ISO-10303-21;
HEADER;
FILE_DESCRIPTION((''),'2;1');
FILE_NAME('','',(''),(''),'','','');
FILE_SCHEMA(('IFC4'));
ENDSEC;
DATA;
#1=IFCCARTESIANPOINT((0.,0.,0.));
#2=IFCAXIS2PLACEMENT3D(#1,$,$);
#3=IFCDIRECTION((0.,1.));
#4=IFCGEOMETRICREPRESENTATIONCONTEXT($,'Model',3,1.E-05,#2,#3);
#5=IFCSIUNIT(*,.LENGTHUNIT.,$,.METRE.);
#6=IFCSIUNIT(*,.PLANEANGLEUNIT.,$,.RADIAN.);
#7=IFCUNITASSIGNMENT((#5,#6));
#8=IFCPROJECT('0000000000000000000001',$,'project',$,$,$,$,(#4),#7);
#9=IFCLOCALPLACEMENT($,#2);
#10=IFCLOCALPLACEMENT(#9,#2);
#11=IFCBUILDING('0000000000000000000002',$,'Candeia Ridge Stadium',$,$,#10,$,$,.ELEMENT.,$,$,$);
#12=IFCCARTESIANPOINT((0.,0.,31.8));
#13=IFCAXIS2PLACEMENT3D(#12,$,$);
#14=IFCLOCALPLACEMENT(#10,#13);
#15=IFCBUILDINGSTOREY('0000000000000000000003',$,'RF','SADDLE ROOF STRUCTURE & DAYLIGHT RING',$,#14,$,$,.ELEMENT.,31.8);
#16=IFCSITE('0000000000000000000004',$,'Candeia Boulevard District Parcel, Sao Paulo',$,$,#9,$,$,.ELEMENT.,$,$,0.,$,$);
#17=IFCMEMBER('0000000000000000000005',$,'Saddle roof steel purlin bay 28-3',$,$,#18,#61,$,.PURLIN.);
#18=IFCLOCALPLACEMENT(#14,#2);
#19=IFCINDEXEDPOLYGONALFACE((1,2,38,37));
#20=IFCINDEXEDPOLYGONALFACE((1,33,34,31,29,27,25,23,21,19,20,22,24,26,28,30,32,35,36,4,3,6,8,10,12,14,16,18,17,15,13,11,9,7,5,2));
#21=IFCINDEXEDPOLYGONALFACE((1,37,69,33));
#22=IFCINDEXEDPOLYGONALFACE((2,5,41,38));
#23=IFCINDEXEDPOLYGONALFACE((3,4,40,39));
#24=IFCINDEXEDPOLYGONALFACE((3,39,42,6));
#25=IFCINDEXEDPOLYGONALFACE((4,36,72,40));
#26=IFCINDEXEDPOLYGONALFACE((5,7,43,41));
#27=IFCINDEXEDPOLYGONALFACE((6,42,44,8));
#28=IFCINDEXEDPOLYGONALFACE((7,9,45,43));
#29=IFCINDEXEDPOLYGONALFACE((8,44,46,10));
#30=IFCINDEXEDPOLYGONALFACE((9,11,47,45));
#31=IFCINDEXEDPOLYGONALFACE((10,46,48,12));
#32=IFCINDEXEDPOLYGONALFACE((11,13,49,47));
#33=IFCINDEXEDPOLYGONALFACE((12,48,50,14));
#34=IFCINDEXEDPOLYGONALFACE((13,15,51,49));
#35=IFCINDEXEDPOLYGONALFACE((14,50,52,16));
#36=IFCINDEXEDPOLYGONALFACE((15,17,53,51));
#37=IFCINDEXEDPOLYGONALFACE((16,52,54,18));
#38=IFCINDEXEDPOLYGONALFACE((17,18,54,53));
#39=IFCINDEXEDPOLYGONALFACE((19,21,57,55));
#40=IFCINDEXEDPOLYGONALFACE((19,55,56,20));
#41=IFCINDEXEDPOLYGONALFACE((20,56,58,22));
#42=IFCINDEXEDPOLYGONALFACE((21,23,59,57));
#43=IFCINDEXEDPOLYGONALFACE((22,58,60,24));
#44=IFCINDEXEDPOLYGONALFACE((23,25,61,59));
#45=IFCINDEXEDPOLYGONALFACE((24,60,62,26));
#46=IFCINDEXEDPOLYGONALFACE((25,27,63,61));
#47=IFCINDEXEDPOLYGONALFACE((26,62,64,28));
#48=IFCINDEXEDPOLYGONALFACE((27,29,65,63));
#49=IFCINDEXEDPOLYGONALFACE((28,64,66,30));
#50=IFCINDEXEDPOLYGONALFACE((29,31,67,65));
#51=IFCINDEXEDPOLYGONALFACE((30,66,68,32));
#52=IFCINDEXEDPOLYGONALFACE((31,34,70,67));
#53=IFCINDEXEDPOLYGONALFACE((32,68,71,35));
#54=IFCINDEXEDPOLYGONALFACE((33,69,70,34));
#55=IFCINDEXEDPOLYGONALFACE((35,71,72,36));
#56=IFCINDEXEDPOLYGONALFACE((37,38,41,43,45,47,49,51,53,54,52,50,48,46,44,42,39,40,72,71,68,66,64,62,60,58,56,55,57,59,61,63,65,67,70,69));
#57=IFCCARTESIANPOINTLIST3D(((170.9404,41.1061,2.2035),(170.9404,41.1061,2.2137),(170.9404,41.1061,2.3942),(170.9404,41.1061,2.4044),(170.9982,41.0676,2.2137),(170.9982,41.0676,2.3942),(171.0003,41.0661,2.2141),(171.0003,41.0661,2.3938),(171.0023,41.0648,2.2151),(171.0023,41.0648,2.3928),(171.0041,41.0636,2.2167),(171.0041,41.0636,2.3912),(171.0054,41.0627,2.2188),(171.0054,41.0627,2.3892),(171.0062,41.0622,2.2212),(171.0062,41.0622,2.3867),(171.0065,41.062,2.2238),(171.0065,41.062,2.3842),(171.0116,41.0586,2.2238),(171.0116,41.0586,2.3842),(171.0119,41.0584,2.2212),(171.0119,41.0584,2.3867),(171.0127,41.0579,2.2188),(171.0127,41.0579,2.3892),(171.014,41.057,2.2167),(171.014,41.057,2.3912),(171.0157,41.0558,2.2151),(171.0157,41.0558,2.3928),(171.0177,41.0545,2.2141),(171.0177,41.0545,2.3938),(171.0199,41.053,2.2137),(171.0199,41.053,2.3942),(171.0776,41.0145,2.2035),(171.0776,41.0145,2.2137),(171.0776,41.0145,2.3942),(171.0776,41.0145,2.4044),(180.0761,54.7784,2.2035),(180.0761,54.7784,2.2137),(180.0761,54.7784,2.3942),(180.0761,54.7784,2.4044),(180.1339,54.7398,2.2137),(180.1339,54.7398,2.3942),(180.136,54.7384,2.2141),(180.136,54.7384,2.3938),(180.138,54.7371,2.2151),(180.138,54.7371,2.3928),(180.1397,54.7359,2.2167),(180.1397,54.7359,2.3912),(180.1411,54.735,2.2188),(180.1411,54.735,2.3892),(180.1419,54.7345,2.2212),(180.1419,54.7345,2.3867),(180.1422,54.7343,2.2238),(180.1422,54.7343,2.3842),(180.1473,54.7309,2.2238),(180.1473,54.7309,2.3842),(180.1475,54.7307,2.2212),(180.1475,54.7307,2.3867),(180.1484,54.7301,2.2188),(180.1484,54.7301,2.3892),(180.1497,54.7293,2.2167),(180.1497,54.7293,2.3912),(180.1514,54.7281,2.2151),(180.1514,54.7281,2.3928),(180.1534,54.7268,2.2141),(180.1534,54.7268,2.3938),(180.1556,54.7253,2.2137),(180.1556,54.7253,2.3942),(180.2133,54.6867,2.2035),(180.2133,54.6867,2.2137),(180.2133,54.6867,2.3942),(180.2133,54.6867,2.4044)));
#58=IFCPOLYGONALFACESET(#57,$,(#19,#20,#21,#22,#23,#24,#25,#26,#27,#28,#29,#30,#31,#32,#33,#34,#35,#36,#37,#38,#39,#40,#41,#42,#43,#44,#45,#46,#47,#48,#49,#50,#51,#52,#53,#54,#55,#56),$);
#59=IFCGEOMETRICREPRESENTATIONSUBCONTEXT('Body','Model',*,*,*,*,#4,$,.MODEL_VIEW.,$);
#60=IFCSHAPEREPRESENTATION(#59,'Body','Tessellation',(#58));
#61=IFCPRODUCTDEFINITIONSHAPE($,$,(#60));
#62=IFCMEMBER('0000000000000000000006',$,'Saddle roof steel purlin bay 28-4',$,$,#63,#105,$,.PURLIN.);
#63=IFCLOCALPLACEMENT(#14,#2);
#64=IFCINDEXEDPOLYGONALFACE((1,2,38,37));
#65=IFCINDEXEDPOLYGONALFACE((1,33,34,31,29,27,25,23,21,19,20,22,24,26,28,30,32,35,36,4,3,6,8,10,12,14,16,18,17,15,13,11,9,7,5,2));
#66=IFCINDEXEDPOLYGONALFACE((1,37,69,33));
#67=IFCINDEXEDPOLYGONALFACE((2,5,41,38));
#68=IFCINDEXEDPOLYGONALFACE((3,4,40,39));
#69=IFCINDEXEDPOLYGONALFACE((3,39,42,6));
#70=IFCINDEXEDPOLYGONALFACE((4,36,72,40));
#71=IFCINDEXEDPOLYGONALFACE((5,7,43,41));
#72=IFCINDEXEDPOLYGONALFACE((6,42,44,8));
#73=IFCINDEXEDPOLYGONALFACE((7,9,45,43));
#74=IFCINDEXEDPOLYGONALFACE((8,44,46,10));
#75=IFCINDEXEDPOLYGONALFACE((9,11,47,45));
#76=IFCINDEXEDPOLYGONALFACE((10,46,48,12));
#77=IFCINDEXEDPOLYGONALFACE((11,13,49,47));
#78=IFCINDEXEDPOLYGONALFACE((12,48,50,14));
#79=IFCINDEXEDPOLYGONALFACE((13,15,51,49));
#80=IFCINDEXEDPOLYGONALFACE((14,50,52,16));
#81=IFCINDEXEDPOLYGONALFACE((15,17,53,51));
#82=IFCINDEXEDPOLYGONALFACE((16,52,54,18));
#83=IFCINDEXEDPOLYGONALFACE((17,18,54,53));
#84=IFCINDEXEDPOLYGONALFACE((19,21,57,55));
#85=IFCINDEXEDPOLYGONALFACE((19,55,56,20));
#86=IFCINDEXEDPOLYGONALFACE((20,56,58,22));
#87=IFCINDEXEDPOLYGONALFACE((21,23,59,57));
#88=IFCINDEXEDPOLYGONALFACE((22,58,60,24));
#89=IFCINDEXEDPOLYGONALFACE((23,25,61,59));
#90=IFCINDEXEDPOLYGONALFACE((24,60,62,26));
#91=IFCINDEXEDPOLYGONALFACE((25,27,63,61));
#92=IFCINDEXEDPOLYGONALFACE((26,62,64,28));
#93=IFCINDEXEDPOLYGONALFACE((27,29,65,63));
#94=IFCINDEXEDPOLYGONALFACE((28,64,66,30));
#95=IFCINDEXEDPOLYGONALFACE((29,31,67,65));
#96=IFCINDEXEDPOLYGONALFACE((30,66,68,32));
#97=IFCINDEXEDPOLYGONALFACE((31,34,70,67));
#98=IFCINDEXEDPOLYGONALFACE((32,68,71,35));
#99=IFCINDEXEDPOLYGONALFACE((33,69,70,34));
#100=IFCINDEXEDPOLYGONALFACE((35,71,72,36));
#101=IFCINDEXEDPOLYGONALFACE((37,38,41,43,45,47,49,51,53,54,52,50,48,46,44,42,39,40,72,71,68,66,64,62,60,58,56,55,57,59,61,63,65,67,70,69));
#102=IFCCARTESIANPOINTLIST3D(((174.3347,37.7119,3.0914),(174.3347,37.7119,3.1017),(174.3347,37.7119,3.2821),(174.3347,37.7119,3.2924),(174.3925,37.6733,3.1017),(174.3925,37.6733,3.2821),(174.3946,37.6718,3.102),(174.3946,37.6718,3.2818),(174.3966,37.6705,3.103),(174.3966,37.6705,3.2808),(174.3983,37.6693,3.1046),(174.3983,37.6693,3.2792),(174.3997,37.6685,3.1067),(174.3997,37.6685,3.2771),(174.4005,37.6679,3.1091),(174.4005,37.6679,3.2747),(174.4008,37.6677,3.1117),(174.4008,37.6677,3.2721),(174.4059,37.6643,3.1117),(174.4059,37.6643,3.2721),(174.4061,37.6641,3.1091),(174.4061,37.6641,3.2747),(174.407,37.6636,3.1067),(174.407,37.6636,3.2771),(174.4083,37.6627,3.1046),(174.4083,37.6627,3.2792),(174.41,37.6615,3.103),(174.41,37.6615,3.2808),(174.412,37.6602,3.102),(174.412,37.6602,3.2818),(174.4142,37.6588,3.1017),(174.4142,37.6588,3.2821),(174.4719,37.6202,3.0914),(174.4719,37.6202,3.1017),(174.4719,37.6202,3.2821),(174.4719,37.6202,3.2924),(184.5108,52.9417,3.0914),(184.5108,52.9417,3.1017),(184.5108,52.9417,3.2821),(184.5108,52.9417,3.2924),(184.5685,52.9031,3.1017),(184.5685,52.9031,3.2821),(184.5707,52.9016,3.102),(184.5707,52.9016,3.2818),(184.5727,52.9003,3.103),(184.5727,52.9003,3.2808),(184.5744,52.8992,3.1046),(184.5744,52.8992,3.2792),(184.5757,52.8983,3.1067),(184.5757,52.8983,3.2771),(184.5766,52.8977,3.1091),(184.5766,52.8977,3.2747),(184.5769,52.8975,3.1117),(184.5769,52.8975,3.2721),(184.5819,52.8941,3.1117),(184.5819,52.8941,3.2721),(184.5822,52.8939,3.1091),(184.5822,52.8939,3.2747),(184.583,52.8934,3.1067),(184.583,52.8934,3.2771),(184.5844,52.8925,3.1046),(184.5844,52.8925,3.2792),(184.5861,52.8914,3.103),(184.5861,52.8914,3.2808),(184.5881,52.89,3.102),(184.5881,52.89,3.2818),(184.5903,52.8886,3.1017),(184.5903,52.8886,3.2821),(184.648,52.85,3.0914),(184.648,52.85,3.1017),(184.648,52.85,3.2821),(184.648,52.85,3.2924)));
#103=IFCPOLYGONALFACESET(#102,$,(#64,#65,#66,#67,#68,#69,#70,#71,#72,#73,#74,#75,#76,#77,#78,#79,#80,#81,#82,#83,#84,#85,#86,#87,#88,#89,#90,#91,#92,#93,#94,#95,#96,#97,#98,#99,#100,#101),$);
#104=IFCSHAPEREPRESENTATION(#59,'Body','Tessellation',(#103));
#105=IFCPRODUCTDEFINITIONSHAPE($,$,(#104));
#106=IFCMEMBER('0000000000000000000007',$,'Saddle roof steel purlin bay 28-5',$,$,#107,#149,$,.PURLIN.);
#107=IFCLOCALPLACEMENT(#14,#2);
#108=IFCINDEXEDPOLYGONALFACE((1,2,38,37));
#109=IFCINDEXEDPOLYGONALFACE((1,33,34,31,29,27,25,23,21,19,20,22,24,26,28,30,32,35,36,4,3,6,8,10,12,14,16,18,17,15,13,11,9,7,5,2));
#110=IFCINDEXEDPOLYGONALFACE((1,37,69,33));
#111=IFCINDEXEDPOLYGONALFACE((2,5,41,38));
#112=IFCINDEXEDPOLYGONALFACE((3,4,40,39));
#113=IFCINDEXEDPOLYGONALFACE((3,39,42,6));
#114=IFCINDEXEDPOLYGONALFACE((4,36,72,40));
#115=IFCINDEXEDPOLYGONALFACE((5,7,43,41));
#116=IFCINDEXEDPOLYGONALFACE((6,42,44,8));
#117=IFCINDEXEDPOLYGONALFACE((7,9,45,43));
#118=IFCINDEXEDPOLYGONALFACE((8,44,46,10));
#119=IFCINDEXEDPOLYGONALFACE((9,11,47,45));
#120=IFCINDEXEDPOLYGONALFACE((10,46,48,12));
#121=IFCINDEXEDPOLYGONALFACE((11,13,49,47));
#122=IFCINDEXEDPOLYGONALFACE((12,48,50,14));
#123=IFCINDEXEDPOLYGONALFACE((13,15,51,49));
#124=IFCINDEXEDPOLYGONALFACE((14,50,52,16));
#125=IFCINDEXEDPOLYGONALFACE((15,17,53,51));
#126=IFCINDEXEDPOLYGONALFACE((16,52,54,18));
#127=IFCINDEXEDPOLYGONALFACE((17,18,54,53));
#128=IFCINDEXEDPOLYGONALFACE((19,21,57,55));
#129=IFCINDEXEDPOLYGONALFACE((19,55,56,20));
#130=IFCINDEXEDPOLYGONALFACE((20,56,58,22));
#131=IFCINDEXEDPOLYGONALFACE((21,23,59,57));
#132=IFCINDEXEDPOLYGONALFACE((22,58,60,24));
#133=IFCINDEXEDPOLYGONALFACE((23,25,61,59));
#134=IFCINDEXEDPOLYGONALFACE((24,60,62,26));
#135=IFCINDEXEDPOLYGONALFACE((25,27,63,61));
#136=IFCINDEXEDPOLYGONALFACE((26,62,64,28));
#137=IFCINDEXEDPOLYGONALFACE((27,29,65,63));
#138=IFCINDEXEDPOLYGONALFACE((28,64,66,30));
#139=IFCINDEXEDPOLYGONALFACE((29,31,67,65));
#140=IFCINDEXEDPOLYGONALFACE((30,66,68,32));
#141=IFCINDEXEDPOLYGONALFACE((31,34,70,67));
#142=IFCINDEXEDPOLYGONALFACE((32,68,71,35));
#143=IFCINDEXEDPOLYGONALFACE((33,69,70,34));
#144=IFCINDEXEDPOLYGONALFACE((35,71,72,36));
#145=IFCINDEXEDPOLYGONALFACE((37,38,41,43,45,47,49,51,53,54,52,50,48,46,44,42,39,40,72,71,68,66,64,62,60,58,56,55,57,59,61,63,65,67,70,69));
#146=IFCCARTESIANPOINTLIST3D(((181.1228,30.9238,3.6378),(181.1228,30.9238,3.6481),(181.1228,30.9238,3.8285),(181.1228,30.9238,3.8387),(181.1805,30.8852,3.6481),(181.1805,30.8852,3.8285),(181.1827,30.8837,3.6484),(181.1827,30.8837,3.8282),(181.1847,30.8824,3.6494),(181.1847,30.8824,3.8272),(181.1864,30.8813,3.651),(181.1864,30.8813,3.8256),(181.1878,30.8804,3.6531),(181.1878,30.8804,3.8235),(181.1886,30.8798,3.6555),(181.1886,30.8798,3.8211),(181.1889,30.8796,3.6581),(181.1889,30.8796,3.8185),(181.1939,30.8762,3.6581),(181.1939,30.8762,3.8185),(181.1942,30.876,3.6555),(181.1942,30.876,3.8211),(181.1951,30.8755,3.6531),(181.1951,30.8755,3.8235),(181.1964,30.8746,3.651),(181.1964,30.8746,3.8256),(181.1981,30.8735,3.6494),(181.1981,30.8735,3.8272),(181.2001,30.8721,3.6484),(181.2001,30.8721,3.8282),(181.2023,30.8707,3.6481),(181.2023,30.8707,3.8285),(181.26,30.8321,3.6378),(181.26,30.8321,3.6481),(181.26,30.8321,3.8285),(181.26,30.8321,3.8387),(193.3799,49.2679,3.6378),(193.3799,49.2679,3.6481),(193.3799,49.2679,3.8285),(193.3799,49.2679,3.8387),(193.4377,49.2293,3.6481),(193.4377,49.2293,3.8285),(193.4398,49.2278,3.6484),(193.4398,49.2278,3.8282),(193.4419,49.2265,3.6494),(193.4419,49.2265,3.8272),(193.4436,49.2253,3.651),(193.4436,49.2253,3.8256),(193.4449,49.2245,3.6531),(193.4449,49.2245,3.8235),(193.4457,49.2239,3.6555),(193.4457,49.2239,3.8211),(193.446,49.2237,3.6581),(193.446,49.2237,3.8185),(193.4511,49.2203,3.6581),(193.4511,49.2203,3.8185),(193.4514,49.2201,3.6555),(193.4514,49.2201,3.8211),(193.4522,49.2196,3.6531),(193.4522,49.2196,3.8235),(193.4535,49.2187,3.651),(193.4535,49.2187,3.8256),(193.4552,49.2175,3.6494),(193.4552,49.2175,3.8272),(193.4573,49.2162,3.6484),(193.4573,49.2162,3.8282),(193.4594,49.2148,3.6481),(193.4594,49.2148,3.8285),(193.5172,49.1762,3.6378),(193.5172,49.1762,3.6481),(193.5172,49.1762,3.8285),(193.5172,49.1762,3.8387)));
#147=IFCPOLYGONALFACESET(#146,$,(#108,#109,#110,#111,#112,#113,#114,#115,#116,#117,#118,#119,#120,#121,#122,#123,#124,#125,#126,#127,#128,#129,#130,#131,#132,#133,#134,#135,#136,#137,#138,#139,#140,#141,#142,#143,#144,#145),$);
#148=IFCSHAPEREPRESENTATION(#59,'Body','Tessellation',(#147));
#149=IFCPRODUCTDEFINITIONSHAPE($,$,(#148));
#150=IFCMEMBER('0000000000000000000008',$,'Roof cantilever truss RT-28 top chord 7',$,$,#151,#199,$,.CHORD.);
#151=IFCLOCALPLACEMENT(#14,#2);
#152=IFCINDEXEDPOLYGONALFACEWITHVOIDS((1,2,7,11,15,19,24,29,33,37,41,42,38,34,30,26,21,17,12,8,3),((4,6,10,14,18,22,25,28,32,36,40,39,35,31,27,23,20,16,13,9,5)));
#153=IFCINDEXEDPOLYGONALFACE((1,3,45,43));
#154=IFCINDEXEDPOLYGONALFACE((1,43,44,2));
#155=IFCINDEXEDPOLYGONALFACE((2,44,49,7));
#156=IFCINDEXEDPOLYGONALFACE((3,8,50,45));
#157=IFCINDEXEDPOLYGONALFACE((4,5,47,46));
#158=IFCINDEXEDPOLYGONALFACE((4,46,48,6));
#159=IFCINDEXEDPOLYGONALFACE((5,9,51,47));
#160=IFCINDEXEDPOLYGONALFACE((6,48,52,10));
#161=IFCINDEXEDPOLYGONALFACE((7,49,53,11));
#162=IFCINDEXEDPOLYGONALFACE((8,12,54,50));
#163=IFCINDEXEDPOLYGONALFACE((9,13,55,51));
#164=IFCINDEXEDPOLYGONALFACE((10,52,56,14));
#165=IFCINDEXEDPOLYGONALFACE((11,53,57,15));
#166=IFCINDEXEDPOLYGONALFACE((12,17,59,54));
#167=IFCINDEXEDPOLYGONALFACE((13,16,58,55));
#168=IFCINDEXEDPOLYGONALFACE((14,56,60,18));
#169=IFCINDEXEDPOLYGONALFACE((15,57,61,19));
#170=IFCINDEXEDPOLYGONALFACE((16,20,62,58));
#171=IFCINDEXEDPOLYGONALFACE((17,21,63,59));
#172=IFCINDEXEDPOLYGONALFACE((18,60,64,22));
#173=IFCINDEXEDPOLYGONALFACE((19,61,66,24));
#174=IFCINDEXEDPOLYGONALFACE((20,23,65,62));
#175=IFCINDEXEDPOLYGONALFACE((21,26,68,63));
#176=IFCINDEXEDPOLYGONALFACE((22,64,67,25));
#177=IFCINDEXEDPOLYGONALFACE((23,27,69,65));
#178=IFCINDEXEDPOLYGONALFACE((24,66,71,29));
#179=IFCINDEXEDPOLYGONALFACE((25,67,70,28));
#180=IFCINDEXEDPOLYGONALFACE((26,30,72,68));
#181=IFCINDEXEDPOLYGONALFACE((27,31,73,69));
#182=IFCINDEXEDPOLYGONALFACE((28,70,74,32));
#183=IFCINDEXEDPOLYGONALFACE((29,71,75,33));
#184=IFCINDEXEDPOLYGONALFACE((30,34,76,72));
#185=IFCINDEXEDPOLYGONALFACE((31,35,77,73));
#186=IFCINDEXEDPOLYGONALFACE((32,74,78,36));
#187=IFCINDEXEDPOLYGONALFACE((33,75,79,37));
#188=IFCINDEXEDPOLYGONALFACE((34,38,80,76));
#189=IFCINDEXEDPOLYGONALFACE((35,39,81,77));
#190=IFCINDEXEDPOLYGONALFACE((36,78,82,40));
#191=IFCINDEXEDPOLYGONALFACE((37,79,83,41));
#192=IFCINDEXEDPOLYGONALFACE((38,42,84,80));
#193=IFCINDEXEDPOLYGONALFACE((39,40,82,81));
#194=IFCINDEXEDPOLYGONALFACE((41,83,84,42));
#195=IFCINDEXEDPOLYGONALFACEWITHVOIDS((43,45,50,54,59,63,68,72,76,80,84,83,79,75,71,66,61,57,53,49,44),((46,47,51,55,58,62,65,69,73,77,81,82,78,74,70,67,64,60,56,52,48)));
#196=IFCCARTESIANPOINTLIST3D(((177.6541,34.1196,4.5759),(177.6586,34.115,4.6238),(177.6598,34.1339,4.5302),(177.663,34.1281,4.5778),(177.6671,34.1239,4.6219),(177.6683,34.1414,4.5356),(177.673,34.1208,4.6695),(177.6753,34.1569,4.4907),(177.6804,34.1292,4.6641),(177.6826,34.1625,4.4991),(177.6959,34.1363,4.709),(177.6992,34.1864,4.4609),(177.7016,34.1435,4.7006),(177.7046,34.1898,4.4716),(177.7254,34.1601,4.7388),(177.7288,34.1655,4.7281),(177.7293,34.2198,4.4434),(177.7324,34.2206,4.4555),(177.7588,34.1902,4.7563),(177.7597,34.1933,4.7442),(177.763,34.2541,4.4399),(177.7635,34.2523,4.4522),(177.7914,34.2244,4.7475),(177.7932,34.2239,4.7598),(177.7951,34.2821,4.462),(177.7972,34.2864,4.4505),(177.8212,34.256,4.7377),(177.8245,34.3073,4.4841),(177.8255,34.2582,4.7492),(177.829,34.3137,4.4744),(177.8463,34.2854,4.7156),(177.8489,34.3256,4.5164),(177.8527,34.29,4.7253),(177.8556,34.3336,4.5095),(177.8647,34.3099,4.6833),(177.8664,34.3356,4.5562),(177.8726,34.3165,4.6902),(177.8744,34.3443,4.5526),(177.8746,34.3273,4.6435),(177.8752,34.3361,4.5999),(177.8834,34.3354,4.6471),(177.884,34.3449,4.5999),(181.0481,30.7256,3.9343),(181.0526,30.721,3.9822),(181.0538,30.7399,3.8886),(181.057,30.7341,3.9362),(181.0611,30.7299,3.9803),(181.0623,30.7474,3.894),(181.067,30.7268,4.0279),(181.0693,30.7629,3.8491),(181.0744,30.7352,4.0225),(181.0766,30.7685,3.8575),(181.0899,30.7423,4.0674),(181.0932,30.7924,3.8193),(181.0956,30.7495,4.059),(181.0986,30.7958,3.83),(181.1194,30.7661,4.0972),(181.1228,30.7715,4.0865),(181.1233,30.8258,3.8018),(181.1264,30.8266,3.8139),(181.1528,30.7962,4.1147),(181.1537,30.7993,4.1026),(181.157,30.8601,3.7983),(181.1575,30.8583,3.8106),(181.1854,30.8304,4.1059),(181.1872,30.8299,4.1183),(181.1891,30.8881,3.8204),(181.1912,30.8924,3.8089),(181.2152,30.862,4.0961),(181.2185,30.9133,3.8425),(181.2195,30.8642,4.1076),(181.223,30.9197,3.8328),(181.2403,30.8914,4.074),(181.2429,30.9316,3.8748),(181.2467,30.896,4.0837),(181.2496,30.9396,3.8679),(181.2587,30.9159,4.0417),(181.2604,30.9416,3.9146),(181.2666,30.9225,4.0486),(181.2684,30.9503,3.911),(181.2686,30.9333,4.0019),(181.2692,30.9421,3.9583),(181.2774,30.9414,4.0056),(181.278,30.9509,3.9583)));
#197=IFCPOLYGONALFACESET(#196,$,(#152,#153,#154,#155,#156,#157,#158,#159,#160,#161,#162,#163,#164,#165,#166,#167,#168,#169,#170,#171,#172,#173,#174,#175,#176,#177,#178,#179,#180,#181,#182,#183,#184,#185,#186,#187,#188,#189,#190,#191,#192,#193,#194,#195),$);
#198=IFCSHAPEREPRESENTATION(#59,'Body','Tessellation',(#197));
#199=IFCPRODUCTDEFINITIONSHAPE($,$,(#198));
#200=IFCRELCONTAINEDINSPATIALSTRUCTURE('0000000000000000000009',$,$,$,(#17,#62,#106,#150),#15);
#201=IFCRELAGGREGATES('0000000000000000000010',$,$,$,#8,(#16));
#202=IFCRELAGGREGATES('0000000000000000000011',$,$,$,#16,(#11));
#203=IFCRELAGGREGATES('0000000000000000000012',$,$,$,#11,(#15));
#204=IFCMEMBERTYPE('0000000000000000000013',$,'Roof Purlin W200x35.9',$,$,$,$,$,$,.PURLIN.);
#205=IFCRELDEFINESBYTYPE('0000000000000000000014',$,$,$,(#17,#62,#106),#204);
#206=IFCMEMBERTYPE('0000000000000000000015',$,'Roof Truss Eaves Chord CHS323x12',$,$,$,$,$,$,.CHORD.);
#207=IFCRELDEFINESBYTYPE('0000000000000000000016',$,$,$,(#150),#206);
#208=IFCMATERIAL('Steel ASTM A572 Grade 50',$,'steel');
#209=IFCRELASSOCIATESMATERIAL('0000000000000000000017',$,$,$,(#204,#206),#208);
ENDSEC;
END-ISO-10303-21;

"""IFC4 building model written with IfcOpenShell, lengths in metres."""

from ifc_helpers import new_model, si_unit, direction, frame, origin, origin_2d, place, context, subcontext, project, spatial, hollow_circle, i_section, extrude, material, material_profile, profile_set, type_object, element, save


model = new_model("IFC4")

# Units and contexts
model_context = context("Model", 3, precision=1e-05, world=origin(), true_north=direction((0.0, 1.0)))
body_context = subcontext(model_context, "Body", "Model", "MODEL_VIEW")
ifc_project = project(units=[si_unit("LENGTHUNIT", "METRE"), si_unit("PLANEANGLEUNIT", "RADIAN")], contexts=[model_context])

# Site, building, storey
site_placement = place(None, origin())
site = spatial("IfcSite", under=ifc_project, at=site_placement, Name="Candeia Boulevard District Parcel, Sao Paulo", CompositionType="ELEMENT", RefElevation=0.0)
building_placement = place(site_placement, origin())
building = spatial("IfcBuilding", under=site, at=building_placement, Name="Candeia Ridge Stadium", CompositionType="ELEMENT")
storey_placement = place(building_placement, frame((0.0, 0.0, 31.8)))
storey = spatial("IfcBuildingStorey", under=building, at=storey_placement, Name="RF", Description="SADDLE ROOF STRUCTURE & DAYLIGHT RING", CompositionType="ELEMENT", Elevation=31.8)

# Shared definitions
ifc_material_1 = material(Name="Steel ASTM A572 Grade 50", Category="steel")

# Members
ifc_material_profile_1 = material_profile(ifc_material_1, i_section(OverallWidth=0.165, OverallDepth=0.2009, WebThickness=0.0061, FlangeThickness=0.0103, FilletRadius=0.01, at=origin_2d()), Name="W200x35.9", Category="steel")
ifc_profile_set_1 = profile_set([ifc_material_profile_1], Name="Steel ASTM A572 Grade 50")
member_type_1 = type_object("IfcMemberType", Name="Roof Purlin W200x35.9", PredefinedType="PURLIN", material=ifc_profile_set_1)
member_1_placement = place(storey_placement, frame((171.009, 41.0603, 2.304), z_axis=(0.555577, 0.831465, 0.0), x_axis=(-0.831465, 0.555577, 0.0)))
element("IfcMember", 1, at=member_1_placement, inside=storey, type_object=member_type_1, Name="Saddle roof steel purlin bay 28-3", PredefinedType="PURLIN", context=body_context, shape_type="SweptSolid", body=[
    extrude(i_section(OverallWidth=0.165, OverallDepth=0.2009, WebThickness=0.0061, FlangeThickness=0.0103, FilletRadius=0.01, at=origin_2d()), origin(), (0.0, 0.0, 1.0), 16.4436),
])
member_2_placement = place(storey_placement, frame((174.4033, 37.666, 3.1919), z_axis=(0.555564, 0.831474, 0.0), x_axis=(-0.831474, 0.555564, 0.0)))
element("IfcMember", 2, at=member_2_placement, inside=storey, type_object=member_type_1, Name="Saddle roof steel purlin bay 28-4", PredefinedType="PURLIN", context=body_context, shape_type="SweptSolid", body=[
    extrude(i_section(OverallWidth=0.165, OverallDepth=0.2009, WebThickness=0.0061, FlangeThickness=0.0103, FilletRadius=0.01, at=origin_2d()), origin(), (0.0, 0.0, 1.0), 18.3167),
])
member_3_placement = place(storey_placement, frame((181.1914, 30.8779, 3.7383), z_axis=(0.555571, 0.831469, 0.0), x_axis=(-0.831469, 0.555571, 0.0)))
element("IfcMember", 3, at=member_3_placement, inside=storey, type_object=member_type_1, Name="Saddle roof steel purlin bay 28-5", PredefinedType="PURLIN", context=body_context, shape_type="SweptSolid", body=[
    extrude(i_section(OverallWidth=0.165, OverallDepth=0.2009, WebThickness=0.0061, FlangeThickness=0.0103, FilletRadius=0.01, at=origin_2d()), origin(), (0.0, 0.0, 1.0), 22.0623),
])
ifc_material_profile_2 = material_profile(ifc_material_1, hollow_circle(Radius=0.1619, WallThickness=0.0125, at=origin_2d()), Name="CHS323x12", Category="steel")
ifc_profile_set_2 = profile_set([ifc_material_profile_2], Name="Steel ASTM A572 Grade 50")
member_type_2 = type_object("IfcMemberType", Name="Roof Truss Eaves Chord CHS323x12", PredefinedType="CHORD", material=ifc_profile_set_2)
member_4_placement = place(storey_placement, frame((177.7695, 34.2305, 4.5999), z_axis=(0.700873, -0.700873, -0.132491), x_axis=(0.707107, 0.707107, 0.0)))
element("IfcMember", 4, at=member_4_placement, inside=storey, type_object=member_type_2, Name="Roof cantilever truss RT-28 top chord 7", PredefinedType="CHORD", context=body_context, shape_type="SweptSolid", body=[
    extrude(hollow_circle(Radius=0.1619, WallThickness=0.0125, at=origin_2d()), origin(), (0.0, 0.0, 1.0), 4.8425),
])

save(model, "model.ifc")
